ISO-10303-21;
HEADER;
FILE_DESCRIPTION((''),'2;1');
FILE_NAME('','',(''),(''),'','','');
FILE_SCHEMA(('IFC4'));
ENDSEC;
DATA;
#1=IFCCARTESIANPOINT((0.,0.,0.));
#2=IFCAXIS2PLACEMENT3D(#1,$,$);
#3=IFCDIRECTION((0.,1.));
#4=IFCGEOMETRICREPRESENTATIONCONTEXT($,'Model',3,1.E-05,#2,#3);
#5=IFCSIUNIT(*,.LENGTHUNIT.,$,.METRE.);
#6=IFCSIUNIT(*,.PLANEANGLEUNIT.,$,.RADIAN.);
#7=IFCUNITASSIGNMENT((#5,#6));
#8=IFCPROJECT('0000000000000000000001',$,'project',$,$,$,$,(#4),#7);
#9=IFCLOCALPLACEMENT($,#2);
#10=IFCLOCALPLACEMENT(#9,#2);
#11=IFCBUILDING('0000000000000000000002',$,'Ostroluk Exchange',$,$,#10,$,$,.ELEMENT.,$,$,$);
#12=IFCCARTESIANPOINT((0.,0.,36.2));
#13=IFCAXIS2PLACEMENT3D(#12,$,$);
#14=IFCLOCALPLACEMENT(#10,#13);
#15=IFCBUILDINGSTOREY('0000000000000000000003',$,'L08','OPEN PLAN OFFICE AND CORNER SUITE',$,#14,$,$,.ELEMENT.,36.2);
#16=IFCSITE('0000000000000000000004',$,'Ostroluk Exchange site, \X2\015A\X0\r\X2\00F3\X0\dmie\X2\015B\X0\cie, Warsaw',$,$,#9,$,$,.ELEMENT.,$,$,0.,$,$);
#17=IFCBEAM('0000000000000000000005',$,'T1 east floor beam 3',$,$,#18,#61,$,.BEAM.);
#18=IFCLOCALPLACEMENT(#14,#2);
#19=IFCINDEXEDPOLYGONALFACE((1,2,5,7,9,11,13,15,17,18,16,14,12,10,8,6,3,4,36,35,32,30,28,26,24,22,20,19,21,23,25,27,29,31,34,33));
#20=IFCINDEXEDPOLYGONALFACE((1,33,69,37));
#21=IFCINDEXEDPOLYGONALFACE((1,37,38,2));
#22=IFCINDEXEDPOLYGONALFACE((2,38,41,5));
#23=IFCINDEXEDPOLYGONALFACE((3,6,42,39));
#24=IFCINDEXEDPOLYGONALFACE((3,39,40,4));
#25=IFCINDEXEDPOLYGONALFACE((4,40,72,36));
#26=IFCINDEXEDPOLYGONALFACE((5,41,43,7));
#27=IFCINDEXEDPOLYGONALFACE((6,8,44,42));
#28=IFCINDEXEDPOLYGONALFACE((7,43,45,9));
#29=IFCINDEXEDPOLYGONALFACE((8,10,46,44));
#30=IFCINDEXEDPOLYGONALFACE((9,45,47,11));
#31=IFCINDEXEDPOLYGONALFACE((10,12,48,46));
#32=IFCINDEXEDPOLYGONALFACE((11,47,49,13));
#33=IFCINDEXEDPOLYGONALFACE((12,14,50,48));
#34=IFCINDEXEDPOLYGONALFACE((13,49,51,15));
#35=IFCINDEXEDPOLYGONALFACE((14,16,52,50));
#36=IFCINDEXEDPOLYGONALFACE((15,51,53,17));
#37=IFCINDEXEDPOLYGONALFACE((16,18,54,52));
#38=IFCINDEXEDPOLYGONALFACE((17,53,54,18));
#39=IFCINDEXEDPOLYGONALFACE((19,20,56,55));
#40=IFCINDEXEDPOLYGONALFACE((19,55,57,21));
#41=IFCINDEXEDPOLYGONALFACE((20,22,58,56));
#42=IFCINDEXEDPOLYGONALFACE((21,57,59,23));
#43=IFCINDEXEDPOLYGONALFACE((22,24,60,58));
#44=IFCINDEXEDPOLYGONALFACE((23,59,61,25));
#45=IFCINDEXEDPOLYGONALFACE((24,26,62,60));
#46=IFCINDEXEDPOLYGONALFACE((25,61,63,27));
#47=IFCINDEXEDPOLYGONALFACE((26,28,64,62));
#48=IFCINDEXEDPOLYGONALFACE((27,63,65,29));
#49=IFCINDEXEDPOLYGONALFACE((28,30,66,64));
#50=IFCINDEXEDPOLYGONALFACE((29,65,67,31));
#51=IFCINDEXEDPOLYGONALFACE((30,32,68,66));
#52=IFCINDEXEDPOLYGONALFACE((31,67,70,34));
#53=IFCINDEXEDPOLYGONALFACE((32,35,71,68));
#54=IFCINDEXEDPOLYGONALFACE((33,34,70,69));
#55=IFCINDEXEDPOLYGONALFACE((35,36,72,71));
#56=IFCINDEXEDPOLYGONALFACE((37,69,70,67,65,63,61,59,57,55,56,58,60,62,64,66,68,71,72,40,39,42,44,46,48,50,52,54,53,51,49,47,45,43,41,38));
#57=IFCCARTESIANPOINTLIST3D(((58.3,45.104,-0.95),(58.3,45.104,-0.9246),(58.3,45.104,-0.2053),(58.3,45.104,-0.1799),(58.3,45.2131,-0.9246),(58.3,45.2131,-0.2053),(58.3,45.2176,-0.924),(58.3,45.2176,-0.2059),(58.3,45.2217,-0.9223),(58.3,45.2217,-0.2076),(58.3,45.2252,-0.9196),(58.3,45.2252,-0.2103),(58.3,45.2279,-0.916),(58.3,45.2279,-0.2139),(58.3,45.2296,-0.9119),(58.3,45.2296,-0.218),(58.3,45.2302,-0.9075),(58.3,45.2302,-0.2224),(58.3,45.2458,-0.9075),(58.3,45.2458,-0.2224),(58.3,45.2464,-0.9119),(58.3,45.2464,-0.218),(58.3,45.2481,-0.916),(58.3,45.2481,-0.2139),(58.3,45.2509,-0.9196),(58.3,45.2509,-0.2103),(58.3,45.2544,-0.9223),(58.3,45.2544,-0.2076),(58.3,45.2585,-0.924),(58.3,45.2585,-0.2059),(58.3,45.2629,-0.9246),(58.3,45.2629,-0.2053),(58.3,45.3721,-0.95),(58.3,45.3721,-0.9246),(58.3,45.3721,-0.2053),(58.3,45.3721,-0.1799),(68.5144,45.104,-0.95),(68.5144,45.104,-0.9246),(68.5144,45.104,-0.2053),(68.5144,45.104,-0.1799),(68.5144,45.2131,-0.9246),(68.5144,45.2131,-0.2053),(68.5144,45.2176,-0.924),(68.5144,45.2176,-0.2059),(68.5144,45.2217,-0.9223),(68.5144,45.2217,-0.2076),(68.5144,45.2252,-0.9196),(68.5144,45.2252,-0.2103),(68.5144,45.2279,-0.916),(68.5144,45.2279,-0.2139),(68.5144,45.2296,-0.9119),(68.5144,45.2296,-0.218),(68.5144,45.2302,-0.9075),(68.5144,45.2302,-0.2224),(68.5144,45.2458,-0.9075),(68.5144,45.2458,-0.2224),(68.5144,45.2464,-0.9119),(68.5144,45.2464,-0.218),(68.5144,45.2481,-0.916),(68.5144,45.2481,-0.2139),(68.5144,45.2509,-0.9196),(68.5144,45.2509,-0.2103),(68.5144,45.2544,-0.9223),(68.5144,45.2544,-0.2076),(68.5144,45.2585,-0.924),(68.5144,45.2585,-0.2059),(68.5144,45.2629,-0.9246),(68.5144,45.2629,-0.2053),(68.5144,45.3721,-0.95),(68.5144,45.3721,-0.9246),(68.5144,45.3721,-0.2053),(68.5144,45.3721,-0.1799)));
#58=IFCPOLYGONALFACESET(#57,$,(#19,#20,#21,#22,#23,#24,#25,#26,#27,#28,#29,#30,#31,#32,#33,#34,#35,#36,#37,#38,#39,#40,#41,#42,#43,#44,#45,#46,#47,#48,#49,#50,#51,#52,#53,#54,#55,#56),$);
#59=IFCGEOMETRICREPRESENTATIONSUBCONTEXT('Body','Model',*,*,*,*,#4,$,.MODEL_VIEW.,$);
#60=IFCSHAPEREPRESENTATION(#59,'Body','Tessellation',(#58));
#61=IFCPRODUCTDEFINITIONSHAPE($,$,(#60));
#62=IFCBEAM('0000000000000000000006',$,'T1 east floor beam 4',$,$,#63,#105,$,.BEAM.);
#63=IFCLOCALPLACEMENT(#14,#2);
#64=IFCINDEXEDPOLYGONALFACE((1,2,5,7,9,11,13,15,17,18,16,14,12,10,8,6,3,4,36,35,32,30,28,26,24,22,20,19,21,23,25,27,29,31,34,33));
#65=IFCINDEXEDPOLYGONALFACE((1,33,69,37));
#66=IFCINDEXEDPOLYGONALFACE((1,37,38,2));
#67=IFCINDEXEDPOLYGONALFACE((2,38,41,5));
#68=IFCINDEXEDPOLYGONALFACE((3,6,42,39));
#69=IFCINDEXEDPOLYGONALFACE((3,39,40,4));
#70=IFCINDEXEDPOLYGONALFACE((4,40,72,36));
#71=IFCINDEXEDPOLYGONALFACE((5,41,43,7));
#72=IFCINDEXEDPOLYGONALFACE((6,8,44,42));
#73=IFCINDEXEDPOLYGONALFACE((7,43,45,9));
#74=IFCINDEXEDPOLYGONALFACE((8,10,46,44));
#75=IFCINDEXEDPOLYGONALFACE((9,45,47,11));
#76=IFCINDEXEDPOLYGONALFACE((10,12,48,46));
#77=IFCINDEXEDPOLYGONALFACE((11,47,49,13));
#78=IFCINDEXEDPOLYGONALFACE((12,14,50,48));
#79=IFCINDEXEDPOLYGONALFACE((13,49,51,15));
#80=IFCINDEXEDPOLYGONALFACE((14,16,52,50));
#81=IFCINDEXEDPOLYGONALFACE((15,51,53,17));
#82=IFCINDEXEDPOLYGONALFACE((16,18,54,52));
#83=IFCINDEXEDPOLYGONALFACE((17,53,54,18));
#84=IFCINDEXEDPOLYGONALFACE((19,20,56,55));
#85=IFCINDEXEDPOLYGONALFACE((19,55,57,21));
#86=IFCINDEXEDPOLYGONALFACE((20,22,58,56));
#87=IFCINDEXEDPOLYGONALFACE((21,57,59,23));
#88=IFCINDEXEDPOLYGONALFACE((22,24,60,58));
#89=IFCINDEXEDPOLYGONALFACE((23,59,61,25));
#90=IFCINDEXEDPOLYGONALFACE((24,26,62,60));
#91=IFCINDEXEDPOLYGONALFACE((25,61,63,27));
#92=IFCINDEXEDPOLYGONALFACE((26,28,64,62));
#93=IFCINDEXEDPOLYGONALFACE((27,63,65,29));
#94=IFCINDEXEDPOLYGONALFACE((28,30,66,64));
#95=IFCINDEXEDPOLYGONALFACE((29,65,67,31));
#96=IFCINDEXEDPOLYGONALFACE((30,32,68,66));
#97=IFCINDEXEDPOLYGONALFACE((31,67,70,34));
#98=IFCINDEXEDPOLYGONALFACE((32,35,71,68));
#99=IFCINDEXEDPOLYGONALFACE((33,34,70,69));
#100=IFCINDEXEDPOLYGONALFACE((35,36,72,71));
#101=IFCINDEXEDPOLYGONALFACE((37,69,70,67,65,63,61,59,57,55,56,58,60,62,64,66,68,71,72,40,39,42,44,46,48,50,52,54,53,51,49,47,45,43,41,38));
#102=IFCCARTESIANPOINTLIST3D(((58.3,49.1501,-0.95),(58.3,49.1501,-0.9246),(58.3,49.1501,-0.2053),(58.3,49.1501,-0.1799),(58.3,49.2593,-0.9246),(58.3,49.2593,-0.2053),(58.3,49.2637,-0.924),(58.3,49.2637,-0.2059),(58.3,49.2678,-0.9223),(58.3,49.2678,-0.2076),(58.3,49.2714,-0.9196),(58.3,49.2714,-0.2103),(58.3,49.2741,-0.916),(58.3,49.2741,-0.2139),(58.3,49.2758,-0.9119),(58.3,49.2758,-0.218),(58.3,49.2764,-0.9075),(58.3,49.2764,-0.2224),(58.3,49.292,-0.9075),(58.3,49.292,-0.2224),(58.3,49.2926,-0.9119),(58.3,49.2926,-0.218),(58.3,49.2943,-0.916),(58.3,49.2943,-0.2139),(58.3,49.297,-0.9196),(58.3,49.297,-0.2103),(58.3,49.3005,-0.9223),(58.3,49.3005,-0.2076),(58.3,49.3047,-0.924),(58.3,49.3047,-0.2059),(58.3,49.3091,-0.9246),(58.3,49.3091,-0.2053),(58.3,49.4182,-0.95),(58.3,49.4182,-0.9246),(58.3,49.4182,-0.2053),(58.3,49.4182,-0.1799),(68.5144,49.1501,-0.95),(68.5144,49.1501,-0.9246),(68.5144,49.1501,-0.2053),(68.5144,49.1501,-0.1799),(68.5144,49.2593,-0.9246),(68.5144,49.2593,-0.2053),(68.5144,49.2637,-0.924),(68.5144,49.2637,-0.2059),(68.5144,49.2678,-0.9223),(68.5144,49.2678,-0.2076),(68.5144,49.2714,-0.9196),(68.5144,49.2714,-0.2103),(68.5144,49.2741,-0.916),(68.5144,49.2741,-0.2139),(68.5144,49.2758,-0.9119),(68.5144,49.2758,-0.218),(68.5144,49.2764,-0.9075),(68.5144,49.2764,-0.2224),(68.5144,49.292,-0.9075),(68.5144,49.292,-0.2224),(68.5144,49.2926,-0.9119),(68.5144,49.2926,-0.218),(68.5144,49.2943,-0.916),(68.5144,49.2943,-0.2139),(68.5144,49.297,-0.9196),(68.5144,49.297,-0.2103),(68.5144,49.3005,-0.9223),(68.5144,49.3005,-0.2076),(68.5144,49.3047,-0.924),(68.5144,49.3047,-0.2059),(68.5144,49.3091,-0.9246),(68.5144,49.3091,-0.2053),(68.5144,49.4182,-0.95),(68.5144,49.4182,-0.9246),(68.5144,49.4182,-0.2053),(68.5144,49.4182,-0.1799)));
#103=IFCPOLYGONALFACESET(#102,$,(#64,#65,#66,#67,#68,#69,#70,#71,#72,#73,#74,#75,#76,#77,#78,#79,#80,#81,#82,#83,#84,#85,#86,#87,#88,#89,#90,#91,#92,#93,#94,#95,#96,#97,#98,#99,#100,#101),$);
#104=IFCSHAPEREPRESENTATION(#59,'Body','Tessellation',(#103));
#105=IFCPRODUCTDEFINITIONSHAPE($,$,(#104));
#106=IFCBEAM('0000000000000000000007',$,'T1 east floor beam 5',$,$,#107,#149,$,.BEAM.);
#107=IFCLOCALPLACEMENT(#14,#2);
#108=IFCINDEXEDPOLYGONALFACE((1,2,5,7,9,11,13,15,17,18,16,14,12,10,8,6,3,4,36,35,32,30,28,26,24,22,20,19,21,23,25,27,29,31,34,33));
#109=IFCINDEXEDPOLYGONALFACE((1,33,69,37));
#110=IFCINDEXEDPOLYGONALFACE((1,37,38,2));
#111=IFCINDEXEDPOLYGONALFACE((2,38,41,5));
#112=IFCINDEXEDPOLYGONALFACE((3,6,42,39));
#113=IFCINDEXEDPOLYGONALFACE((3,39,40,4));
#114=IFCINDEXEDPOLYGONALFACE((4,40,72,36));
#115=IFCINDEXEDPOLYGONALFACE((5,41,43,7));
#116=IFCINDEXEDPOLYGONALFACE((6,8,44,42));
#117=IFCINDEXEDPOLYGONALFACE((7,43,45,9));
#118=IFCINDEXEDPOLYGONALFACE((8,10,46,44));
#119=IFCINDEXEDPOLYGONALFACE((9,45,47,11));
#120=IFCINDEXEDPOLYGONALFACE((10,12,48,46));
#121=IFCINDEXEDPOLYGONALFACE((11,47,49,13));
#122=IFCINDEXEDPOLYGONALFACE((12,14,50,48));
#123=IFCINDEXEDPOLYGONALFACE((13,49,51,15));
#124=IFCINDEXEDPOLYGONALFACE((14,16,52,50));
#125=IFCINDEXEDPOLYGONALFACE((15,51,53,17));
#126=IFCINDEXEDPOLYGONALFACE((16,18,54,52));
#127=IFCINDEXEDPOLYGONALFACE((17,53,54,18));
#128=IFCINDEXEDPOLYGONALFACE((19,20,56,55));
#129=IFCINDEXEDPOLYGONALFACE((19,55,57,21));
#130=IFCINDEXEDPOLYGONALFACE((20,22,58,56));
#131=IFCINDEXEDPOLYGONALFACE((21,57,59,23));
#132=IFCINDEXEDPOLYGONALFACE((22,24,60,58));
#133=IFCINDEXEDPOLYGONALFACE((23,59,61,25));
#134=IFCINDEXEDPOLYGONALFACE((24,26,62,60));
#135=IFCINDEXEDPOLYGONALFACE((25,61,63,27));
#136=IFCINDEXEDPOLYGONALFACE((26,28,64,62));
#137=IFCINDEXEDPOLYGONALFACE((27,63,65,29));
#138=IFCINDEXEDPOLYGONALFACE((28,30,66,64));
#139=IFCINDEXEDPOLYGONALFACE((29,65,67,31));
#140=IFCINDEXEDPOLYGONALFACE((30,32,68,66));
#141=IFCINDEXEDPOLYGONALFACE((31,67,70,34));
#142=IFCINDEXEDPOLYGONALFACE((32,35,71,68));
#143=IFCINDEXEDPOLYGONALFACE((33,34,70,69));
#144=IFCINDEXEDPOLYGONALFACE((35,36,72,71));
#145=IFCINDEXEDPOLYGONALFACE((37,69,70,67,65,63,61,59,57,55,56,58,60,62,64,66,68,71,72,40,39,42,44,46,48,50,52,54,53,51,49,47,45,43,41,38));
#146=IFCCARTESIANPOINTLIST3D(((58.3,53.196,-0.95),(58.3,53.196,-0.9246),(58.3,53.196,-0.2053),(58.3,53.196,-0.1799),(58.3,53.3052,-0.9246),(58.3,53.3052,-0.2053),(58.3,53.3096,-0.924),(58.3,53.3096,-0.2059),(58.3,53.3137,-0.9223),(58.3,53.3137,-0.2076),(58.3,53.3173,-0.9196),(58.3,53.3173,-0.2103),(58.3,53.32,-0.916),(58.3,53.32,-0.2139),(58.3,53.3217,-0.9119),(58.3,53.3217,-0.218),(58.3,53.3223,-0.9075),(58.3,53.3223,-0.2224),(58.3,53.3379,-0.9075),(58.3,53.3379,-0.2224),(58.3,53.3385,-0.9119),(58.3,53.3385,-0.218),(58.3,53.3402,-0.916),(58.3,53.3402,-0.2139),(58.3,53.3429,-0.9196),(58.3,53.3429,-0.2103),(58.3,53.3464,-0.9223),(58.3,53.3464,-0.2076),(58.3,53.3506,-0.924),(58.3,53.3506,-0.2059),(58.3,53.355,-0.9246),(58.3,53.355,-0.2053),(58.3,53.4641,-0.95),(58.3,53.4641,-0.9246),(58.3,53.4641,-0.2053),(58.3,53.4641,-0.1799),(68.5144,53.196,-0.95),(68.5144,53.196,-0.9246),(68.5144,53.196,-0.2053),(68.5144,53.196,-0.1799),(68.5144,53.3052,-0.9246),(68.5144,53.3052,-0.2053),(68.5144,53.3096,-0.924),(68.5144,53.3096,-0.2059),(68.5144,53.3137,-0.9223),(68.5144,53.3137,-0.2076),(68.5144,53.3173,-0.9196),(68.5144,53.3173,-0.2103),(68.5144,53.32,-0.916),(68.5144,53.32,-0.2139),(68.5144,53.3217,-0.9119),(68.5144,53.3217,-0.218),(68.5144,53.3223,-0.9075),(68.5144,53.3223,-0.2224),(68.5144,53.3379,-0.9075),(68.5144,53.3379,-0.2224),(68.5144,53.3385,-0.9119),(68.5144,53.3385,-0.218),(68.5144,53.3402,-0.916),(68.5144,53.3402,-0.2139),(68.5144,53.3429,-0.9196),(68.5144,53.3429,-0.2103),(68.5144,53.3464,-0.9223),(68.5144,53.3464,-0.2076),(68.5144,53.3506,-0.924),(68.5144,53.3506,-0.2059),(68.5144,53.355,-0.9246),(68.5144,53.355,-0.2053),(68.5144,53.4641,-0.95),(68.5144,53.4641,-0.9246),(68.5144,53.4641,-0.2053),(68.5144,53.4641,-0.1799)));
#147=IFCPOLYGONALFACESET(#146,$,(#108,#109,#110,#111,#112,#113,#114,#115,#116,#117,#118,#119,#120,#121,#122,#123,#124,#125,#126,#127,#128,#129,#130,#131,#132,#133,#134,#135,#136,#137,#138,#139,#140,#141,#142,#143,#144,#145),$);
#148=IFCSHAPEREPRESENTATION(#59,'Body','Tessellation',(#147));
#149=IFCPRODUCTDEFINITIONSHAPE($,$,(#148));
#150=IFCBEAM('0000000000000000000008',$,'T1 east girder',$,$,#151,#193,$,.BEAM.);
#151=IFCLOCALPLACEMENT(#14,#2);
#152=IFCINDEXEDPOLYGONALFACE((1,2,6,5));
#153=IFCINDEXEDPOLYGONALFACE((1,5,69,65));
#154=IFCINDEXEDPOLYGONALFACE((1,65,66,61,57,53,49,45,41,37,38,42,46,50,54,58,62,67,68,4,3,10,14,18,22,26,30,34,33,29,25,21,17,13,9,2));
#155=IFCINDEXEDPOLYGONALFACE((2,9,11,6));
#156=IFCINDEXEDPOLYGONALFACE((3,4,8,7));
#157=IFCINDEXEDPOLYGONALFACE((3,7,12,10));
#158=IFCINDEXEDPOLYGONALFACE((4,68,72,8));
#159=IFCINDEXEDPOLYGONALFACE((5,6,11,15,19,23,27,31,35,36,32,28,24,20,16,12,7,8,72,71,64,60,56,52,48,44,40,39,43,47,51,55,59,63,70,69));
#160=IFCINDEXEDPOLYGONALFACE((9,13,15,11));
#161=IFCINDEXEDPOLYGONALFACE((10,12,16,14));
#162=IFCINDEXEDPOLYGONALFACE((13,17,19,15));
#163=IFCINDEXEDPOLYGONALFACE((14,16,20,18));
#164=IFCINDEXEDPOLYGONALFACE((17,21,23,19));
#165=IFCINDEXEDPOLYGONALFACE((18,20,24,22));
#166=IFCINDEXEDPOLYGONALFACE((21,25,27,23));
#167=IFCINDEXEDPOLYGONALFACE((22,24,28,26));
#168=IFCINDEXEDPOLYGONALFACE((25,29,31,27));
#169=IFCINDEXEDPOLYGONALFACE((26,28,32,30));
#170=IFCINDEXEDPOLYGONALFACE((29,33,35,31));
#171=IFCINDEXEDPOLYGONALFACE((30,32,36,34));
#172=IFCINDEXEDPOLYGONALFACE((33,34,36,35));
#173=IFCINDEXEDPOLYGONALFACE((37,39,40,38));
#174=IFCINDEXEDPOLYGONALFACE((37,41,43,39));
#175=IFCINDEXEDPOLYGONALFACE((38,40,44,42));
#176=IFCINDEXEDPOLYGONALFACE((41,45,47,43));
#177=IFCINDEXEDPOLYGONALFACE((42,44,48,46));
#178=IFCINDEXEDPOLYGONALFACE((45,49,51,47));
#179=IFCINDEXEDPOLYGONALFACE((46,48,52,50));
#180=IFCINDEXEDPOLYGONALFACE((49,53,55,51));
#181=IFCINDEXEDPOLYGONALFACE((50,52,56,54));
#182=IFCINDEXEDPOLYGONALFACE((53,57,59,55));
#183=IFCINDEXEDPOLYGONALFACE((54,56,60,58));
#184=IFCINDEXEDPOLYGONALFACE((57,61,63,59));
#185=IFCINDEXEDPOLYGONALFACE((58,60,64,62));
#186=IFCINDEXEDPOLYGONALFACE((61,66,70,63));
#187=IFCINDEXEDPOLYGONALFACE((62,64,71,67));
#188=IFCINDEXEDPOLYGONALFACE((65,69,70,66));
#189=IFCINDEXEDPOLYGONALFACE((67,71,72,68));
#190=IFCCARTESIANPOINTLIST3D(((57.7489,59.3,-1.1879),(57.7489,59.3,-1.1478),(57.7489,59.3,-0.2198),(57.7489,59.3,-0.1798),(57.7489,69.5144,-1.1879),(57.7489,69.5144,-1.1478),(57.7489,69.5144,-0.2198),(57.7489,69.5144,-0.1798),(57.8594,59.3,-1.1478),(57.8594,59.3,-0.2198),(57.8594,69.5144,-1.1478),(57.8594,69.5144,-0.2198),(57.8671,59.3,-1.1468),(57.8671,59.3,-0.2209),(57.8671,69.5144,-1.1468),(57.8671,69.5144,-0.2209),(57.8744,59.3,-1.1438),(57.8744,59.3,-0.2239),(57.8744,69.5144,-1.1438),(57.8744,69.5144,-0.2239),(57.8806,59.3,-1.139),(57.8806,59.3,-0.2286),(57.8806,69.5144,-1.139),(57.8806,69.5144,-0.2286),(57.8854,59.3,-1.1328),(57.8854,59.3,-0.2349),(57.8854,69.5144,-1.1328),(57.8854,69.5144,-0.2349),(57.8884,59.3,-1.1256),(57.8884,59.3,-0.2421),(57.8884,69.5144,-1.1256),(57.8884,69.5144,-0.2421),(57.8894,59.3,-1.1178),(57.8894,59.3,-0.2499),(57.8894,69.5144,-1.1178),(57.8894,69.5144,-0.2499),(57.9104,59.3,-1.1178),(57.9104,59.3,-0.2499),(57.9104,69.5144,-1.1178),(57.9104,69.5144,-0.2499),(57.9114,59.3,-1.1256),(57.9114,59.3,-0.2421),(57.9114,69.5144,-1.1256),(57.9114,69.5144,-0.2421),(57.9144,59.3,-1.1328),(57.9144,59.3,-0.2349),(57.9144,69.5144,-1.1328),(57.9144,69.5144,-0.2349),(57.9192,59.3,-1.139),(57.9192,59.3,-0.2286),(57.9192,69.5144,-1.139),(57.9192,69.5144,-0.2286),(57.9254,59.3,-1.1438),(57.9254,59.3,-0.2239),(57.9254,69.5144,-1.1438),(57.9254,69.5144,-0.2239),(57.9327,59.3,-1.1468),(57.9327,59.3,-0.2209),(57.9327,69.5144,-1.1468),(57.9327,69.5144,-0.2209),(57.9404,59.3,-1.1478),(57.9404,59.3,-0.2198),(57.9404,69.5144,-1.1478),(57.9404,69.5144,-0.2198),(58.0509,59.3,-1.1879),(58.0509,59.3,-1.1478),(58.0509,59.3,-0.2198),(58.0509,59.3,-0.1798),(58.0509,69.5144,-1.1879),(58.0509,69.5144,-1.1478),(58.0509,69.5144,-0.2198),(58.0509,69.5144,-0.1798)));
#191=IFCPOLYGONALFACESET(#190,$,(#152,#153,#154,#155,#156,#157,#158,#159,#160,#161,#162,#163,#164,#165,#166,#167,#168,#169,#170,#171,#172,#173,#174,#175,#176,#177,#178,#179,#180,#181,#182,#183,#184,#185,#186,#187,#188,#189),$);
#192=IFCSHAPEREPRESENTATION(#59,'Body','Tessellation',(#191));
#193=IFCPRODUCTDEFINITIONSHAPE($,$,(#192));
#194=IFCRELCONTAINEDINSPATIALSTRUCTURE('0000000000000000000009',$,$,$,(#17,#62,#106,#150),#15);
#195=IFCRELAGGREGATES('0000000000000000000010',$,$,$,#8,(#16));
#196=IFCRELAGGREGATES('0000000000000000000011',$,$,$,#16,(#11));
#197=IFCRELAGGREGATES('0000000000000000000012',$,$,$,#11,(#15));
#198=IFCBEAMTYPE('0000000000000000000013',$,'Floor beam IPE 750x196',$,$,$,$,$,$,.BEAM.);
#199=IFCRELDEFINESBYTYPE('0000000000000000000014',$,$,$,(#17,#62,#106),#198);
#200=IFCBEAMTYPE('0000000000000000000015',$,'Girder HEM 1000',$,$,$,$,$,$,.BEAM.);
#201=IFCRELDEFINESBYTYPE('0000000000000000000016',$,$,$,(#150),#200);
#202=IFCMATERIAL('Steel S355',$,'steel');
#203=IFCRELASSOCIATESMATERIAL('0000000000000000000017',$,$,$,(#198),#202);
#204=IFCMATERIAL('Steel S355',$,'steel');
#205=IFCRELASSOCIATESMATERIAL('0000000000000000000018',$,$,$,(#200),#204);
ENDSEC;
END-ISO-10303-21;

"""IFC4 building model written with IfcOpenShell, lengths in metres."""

from ifc_helpers import new_model, si_unit, direction, frame, origin, origin_2d, place, context, subcontext, project, spatial, i_section, extrude, material, material_profile, profile_set, type_object, element, save


model = new_model("IFC4")

# Units and contexts
model_context = context("Model", 3, precision=1e-05, world=origin(), true_north=direction((0.0, 1.0)))
body_context = subcontext(model_context, "Body", "Model", "MODEL_VIEW")
ifc_project = project(units=[si_unit("LENGTHUNIT", "METRE"), si_unit("PLANEANGLEUNIT", "RADIAN")], contexts=[model_context])

# Site, building, storey
site_placement = place(None, origin())
site = spatial("IfcSite", under=ifc_project, at=site_placement, Name="Ostroluk Exchange site, Śródmieście, Warsaw", CompositionType="ELEMENT", RefElevation=0.0)
building_placement = place(site_placement, origin())
building = spatial("IfcBuilding", under=site, at=building_placement, Name="Ostroluk Exchange", CompositionType="ELEMENT")
storey_placement = place(building_placement, frame((0.0, 0.0, 36.2)))
storey = spatial("IfcBuildingStorey", under=building, at=storey_placement, Name="L08", Description="OPEN PLAN OFFICE AND CORNER SUITE", CompositionType="ELEMENT", Elevation=36.2)

# Beams
ifc_material_1 = material(Name="Steel S355", Category="steel")
ifc_material_profile_1 = material_profile(ifc_material_1, i_section(OverallWidth=0.2681, OverallDepth=0.77, WebThickness=0.0156, FlangeThickness=0.0254, FilletRadius=0.0171, at=origin_2d()), Name="IPE 750x196")
ifc_profile_set_1 = profile_set([ifc_material_profile_1], Name="Steel S355")
beam_type_1 = type_object("IfcBeamType", Name="Floor beam IPE 750x196", PredefinedType="BEAM", material=ifc_profile_set_1)
for number, where, z_axis, x_axis, name in (
    (1, (58.3, 45.238, -0.5649), (1.0, 0.0, 0.0), (0.0, 1.0, 0.0), "T1 east floor beam 3"),
    (2, (58.3, 49.2842, -0.5649), (1.0, 0.0, 0.0), (0.0, 1.0, 0.0), "T1 east floor beam 4"),
    (3, (58.3, 53.3301, -0.5649), (1.0, 0.0, 0.0), (0.0, 1.0, 0.0), "T1 east floor beam 5"),
):
    element("IfcBeam", number, at=place(storey_placement, frame(where, z_axis=z_axis, x_axis=x_axis)), inside=storey, type_object=beam_type_1, Name=name, PredefinedType="BEAM", context=body_context, shape_type="SweptSolid", body=[
        extrude(i_section(OverallWidth=0.2681, OverallDepth=0.77, WebThickness=0.0156, FlangeThickness=0.0254, FilletRadius=0.0171, at=origin_2d()), origin(), (0.0, 0.0, 1.0), 10.2144),
    ])
ifc_material_2 = material(Name="Steel S355", Category="steel")
ifc_material_profile_2 = material_profile(ifc_material_2, i_section(OverallWidth=0.302, OverallDepth=1.0081, WebThickness=0.021, FlangeThickness=0.04, FilletRadius=0.03, at=origin_2d()), Name="HEM 1000")
ifc_profile_set_2 = profile_set([ifc_material_profile_2], Name="Steel S355")
beam_type_2 = type_object("IfcBeamType", Name="Girder HEM 1000", PredefinedType="BEAM", material=ifc_profile_set_2)
beam_1_placement = place(storey_placement, frame((57.8999, 59.3, -0.6838), z_axis=(0.0, 1.0, 0.0), x_axis=(-1.0, 0.0, 0.0)))
element("IfcBeam", 4, at=beam_1_placement, inside=storey, type_object=beam_type_2, Name="T1 east girder", PredefinedType="BEAM", context=body_context, shape_type="SweptSolid", body=[
    extrude(i_section(OverallWidth=0.302, OverallDepth=1.0081, WebThickness=0.021, FlangeThickness=0.04, FilletRadius=0.03, at=origin_2d()), origin(), (0.0, 0.0, 1.0), 10.2144),
])

save(model, "model.ifc")
